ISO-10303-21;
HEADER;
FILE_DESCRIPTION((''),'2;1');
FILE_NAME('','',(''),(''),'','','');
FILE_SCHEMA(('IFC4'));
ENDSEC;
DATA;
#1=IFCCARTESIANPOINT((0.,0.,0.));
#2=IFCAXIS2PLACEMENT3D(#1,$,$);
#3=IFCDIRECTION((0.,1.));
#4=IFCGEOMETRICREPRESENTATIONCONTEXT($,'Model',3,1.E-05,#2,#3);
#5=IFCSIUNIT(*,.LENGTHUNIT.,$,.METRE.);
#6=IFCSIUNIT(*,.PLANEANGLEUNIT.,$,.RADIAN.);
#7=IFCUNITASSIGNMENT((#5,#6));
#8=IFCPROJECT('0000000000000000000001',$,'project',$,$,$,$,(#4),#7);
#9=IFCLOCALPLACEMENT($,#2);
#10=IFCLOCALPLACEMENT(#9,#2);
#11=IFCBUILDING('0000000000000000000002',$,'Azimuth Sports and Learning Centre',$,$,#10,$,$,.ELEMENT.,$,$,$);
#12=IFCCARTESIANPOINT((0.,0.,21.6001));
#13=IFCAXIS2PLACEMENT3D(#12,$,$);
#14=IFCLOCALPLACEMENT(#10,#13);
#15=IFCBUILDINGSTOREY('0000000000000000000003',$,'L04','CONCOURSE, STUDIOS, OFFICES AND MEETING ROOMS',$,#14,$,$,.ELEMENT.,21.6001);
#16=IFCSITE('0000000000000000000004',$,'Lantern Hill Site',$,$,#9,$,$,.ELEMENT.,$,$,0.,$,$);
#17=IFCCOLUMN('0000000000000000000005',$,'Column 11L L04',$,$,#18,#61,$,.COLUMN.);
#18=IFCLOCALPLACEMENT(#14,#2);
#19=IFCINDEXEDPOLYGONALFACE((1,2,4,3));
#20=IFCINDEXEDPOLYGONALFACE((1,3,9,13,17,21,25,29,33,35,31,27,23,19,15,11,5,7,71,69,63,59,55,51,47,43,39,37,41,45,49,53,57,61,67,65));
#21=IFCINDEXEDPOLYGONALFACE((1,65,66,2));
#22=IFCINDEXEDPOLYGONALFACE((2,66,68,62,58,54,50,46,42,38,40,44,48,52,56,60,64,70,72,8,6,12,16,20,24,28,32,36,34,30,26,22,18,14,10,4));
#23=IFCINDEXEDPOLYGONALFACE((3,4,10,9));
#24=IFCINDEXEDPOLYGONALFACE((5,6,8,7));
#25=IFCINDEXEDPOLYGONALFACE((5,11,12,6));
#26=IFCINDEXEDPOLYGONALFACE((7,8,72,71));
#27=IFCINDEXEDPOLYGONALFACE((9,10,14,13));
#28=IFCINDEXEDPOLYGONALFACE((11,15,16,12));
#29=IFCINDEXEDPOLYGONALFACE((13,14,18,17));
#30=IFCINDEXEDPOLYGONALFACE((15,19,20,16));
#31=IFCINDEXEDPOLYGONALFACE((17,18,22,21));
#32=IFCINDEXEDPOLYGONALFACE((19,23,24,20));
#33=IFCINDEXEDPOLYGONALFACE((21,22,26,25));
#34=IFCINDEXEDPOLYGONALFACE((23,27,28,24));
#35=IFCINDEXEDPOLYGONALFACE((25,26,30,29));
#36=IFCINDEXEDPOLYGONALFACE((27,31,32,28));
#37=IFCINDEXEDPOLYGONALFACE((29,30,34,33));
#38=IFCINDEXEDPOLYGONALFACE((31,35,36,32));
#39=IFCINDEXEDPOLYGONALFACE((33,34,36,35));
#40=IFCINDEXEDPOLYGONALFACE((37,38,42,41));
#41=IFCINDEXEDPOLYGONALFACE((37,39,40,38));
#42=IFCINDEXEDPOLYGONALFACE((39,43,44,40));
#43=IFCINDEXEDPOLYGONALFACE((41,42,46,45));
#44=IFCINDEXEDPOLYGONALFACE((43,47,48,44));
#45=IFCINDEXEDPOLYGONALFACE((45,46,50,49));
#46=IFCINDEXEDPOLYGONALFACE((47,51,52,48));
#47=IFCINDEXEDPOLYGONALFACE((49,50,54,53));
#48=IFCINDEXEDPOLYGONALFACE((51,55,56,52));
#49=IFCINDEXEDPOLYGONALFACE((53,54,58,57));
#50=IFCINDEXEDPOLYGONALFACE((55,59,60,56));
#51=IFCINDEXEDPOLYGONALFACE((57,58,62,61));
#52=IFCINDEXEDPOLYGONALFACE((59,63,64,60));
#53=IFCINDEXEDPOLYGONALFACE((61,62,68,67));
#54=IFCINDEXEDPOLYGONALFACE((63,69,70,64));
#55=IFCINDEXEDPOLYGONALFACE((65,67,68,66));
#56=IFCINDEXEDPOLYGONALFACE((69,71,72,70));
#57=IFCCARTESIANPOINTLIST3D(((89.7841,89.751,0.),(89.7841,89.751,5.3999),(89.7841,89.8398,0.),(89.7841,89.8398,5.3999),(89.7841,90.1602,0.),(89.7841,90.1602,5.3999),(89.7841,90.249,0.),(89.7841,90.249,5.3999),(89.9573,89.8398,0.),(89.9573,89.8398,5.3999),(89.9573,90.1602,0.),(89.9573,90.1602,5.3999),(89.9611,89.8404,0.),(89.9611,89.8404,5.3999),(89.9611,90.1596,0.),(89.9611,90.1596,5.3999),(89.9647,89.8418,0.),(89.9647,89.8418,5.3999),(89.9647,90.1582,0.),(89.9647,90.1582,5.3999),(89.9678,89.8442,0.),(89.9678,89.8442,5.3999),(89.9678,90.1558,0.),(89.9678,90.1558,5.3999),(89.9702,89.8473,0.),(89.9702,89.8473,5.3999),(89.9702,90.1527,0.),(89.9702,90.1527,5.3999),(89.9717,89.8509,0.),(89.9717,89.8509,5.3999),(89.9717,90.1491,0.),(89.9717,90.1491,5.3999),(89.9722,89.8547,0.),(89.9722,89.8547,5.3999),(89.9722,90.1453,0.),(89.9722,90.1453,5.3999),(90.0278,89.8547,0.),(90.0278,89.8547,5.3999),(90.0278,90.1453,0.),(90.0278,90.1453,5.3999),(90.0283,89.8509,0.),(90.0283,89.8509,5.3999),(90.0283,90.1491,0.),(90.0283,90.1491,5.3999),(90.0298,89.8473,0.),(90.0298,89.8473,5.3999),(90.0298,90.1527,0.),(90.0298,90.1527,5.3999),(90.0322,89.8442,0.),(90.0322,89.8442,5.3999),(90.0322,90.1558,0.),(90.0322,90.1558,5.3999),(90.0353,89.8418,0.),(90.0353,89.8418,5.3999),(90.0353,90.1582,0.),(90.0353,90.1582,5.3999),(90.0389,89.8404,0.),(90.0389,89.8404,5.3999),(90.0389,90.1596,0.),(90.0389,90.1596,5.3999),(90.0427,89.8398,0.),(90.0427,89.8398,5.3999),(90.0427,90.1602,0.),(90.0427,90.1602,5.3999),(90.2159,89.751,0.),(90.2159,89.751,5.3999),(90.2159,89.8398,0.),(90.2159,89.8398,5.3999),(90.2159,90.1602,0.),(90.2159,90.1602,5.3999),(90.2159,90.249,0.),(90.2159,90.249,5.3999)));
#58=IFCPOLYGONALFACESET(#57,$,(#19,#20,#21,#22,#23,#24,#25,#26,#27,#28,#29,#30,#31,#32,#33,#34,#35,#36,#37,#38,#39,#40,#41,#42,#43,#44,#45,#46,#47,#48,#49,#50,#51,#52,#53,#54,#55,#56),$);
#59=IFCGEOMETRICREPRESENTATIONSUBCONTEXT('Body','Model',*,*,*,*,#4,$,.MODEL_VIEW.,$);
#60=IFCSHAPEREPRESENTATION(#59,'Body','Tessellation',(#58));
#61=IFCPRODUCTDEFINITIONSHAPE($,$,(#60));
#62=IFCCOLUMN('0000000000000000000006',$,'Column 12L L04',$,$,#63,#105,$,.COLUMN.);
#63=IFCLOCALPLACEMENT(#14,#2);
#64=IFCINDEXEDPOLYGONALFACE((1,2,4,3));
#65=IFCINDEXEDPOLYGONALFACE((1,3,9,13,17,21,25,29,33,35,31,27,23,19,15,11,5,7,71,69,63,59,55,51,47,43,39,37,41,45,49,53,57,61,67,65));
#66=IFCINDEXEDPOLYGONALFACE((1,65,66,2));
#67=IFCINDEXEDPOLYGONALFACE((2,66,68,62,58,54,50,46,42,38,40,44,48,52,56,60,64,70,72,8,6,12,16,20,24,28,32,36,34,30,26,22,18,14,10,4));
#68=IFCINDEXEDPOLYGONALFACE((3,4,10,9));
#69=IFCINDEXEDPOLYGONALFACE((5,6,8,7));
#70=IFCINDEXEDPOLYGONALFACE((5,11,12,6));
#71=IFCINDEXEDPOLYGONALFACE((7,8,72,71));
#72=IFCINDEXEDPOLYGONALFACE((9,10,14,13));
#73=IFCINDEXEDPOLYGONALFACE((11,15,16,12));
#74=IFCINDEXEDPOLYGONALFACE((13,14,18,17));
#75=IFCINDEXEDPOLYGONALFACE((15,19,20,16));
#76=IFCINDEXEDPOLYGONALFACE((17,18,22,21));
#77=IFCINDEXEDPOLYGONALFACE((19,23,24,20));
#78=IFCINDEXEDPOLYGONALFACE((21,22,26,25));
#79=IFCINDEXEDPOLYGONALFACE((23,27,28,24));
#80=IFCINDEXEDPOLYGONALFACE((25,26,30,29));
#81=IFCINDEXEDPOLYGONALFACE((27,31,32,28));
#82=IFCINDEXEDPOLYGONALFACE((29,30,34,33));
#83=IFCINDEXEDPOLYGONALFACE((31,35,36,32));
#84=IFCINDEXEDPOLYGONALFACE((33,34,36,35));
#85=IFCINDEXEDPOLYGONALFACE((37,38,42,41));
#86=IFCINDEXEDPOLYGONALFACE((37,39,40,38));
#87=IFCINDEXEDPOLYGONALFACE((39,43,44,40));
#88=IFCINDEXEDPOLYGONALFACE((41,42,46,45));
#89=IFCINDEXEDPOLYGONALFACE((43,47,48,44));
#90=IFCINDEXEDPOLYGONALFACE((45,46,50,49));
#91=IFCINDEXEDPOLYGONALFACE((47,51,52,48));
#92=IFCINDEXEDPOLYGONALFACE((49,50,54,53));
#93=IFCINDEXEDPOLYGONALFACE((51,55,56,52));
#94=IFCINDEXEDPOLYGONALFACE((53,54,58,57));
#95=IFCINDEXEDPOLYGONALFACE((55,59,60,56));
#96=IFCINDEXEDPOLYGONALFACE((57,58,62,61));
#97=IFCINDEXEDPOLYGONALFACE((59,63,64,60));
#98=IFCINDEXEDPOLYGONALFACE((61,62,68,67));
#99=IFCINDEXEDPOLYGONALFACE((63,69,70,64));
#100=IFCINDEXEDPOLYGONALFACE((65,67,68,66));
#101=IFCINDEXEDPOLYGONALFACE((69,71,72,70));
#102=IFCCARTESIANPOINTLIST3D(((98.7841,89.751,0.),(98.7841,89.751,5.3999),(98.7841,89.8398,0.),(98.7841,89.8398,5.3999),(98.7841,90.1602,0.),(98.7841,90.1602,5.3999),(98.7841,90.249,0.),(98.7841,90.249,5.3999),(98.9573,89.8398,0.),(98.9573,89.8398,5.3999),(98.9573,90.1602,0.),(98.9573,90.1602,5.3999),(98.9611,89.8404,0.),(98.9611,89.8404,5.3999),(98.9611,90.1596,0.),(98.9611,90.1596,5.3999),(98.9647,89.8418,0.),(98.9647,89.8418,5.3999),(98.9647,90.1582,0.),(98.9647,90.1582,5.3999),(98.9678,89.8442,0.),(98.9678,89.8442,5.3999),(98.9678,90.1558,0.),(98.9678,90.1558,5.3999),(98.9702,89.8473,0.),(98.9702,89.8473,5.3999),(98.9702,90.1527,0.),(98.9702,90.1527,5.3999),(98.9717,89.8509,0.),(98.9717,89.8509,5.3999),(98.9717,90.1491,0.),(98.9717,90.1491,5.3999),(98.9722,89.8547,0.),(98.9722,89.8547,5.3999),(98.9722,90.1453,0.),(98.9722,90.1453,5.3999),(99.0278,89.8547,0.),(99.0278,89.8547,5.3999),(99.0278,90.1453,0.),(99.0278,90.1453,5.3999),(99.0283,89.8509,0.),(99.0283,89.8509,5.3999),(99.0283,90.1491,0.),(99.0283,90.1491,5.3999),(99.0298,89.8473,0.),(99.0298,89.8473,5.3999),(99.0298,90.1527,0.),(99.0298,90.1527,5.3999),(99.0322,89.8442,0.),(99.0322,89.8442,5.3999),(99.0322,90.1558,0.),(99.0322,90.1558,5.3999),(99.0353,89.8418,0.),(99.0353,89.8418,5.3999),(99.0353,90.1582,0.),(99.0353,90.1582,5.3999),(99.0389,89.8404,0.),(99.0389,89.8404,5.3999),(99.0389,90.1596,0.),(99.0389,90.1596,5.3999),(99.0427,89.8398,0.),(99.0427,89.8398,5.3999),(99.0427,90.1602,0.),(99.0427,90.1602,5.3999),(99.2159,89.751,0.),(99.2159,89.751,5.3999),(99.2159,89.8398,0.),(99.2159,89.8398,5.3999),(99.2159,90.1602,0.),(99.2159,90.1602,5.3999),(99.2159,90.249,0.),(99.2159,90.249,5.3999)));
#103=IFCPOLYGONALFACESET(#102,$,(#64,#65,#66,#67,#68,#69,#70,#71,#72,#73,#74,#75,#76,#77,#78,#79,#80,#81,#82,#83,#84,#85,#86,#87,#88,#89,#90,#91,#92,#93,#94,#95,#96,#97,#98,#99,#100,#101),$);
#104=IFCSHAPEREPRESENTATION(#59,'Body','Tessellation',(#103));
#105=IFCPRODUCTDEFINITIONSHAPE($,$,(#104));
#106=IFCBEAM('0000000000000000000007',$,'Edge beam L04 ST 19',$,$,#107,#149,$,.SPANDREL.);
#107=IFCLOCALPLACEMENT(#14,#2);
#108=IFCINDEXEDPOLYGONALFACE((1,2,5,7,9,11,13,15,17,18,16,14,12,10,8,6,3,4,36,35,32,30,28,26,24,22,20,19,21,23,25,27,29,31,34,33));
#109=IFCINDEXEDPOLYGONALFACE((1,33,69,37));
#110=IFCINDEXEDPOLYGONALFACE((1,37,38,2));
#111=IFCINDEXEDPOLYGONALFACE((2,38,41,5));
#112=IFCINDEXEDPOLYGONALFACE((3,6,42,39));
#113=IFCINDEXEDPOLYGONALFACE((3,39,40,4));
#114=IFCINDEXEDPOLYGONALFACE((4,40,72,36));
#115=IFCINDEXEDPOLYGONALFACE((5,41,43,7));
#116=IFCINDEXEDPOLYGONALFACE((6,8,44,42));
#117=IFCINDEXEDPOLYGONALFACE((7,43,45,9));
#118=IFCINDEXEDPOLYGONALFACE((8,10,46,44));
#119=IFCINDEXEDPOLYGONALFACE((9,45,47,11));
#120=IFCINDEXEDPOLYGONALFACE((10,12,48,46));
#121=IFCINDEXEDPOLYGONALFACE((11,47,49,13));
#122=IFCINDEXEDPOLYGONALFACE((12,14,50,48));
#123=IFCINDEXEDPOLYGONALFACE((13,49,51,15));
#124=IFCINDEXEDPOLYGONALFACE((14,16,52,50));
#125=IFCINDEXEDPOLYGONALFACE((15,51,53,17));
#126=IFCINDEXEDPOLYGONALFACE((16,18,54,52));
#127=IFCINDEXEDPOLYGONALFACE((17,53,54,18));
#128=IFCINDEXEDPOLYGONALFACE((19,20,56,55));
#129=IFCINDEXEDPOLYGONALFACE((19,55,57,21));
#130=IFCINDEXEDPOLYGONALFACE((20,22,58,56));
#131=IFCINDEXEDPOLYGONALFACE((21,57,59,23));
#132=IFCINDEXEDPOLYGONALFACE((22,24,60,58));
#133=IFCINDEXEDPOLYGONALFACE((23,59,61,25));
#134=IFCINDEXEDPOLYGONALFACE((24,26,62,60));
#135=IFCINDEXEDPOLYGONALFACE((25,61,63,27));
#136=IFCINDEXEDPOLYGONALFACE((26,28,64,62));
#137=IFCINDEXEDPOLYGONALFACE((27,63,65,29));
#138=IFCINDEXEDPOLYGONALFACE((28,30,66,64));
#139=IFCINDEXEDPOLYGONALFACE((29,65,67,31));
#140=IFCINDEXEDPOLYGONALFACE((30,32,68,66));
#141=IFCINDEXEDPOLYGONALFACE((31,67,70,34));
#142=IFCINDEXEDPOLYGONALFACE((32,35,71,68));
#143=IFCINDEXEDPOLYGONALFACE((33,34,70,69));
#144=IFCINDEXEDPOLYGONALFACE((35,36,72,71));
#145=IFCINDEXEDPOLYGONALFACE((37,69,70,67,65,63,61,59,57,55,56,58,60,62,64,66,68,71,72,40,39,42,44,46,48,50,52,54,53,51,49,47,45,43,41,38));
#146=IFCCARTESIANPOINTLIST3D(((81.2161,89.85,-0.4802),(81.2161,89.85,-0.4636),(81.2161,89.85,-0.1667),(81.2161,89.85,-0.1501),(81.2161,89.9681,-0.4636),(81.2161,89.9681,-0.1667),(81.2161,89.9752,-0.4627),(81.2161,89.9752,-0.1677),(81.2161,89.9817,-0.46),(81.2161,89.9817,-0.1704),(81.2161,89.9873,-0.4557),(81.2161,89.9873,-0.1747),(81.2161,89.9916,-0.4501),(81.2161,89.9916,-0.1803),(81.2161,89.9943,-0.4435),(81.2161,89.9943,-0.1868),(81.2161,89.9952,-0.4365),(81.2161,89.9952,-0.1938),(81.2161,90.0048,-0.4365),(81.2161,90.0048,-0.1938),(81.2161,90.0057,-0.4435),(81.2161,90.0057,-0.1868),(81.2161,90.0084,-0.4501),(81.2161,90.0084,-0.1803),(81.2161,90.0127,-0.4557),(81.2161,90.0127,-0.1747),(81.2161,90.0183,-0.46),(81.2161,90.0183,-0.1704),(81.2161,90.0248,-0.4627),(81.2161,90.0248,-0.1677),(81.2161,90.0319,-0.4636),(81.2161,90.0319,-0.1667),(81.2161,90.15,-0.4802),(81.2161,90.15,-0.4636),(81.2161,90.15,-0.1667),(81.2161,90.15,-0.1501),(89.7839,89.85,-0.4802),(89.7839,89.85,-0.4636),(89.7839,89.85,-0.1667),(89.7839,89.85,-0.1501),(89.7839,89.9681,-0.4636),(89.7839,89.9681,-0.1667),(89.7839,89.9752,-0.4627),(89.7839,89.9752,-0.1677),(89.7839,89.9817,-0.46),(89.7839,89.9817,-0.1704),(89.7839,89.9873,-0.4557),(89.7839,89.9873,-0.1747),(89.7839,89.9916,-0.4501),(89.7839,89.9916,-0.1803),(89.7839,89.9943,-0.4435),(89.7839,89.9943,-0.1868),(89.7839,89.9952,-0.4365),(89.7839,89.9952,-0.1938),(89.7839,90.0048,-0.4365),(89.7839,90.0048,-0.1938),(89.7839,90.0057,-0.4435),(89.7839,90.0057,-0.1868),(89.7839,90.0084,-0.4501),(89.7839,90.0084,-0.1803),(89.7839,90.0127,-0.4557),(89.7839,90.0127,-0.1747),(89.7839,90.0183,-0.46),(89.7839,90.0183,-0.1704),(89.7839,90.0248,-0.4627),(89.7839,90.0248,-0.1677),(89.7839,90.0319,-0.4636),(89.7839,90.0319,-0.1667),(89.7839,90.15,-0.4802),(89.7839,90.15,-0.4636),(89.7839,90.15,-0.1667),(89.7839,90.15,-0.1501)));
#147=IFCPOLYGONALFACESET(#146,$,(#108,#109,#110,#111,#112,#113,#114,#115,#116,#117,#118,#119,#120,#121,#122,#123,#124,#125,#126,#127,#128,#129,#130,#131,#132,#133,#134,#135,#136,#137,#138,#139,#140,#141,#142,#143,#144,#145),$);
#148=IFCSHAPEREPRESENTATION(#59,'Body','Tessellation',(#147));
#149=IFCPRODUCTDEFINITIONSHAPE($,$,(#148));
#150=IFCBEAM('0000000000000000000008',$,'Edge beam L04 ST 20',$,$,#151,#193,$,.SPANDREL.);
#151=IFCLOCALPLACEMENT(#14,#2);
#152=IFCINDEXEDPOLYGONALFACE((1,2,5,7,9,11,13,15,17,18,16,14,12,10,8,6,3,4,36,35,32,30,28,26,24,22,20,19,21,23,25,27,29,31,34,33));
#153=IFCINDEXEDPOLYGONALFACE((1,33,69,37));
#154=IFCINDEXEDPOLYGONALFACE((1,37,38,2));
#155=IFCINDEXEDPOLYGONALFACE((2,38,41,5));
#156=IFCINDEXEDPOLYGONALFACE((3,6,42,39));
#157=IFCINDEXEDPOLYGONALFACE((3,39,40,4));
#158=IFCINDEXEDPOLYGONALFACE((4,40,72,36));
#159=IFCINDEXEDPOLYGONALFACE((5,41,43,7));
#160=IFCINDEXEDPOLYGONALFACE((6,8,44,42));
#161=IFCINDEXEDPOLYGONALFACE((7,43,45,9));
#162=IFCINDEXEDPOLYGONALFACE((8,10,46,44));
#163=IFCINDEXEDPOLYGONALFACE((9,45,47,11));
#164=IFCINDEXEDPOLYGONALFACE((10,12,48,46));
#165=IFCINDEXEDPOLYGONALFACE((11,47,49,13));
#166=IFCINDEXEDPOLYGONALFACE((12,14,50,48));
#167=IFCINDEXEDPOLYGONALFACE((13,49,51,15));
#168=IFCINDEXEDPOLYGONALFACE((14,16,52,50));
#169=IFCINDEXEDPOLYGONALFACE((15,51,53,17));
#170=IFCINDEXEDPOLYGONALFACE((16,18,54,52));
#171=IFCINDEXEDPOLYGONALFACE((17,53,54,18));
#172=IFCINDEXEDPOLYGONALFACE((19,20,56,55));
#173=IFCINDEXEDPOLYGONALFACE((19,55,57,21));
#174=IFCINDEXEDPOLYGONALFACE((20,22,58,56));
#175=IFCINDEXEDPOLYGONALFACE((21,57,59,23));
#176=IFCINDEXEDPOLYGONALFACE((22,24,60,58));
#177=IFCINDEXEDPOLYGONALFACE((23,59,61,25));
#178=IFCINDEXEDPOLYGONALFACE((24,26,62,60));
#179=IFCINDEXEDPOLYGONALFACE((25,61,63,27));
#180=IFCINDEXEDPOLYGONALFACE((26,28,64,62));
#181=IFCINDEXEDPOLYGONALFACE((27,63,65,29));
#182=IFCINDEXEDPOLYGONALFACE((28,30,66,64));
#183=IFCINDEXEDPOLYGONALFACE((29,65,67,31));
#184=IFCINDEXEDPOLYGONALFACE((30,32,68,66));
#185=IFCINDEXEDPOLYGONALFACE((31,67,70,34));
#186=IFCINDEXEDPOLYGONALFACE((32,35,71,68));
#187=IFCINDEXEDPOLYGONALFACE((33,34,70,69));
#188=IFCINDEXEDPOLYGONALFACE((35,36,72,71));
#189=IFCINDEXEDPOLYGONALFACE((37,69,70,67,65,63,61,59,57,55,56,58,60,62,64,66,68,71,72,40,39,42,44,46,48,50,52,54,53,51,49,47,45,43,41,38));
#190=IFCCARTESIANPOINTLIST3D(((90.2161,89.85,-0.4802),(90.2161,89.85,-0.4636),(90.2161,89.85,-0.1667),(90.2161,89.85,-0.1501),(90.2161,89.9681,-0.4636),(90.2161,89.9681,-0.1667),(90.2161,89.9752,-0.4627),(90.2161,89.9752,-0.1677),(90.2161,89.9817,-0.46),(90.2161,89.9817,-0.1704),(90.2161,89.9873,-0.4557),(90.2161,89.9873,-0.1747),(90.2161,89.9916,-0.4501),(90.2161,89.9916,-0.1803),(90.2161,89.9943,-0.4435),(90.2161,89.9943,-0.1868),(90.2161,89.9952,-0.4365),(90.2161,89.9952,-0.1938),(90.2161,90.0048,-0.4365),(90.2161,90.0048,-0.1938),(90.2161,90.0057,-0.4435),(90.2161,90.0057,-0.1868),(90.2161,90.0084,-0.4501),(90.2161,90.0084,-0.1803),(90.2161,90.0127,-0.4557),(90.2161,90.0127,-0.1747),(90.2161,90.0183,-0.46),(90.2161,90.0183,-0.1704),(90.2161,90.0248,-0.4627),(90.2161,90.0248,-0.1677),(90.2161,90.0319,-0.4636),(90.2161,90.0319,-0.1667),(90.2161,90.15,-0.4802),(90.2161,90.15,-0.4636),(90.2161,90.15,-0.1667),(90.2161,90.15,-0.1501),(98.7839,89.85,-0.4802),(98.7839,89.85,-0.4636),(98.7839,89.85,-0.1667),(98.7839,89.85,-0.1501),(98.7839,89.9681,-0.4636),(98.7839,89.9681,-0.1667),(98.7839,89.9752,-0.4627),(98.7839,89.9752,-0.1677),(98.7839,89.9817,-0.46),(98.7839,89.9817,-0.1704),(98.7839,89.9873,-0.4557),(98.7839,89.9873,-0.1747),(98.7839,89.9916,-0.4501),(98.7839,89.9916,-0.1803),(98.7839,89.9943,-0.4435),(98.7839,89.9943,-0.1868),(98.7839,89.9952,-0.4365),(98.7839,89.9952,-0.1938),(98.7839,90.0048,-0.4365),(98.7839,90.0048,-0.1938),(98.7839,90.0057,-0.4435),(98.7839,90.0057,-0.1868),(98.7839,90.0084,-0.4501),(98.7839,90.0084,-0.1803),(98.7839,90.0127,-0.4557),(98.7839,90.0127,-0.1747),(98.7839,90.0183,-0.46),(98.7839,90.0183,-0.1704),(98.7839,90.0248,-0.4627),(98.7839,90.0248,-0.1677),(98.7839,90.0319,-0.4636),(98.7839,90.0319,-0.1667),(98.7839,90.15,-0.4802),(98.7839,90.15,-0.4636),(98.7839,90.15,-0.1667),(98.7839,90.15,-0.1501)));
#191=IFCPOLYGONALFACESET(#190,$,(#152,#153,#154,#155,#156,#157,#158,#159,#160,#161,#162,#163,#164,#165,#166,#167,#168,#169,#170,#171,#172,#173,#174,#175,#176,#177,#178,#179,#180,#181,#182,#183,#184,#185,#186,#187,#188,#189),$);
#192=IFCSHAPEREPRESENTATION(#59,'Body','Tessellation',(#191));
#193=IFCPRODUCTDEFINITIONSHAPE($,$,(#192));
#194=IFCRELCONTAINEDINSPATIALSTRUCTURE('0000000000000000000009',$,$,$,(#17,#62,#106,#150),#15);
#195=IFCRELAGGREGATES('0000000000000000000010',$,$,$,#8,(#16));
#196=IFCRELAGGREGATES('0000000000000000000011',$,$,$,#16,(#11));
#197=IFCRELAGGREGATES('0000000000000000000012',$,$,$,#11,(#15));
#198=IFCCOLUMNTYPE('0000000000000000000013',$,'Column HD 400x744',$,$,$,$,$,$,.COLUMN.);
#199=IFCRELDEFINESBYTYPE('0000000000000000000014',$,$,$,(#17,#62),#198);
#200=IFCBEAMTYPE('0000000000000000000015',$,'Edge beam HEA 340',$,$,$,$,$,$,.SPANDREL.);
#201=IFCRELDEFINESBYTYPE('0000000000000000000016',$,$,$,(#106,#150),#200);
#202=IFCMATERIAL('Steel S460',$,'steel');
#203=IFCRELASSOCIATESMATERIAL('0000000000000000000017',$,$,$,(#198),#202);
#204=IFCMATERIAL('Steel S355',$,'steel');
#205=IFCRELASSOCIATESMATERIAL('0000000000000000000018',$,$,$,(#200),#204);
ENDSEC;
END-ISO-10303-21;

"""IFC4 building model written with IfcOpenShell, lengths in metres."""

from ifc_helpers import new_model, si_unit, direction, frame, origin, origin_2d, place, context, subcontext, project, spatial, i_section, extrude, material, material_profile, profile_set, type_object, element, save


model = new_model("IFC4")

# Units and contexts
model_context = context("Model", 3, precision=1e-05, world=origin(), true_north=direction((0.0, 1.0)))
body_context = subcontext(model_context, "Body", "Model", "MODEL_VIEW")
ifc_project = project(units=[si_unit("LENGTHUNIT", "METRE"), si_unit("PLANEANGLEUNIT", "RADIAN")], contexts=[model_context])

# Site, building, storey
site_placement = place(None, origin())
site = spatial("IfcSite", under=ifc_project, at=site_placement, Name="Lantern Hill Site", CompositionType="ELEMENT", RefElevation=0.0)
building_placement = place(site_placement, origin())
building = spatial("IfcBuilding", under=site, at=building_placement, Name="Azimuth Sports and Learning Centre", CompositionType="ELEMENT")
storey_placement = place(building_placement, frame((0.0, 0.0, 21.6001)))
storey = spatial("IfcBuildingStorey", under=building, at=storey_placement, Name="L04", Description="CONCOURSE, STUDIOS, OFFICES AND MEETING ROOMS", CompositionType="ELEMENT", Elevation=21.6001)

# Columns
ifc_material_1 = material(Name="Steel S460", Category="steel")
ifc_material_profile_1 = material_profile(ifc_material_1, i_section(OverallWidth=0.4319, OverallDepth=0.498, WebThickness=0.0557, FlangeThickness=0.0889, FilletRadius=0.0149, at=origin_2d()), Name="HD 400x744")
ifc_profile_set_1 = profile_set([ifc_material_profile_1], Name="Steel S460")
column_type = type_object("IfcColumnType", Name="Column HD 400x744", PredefinedType="COLUMN", material=ifc_profile_set_1)
for number, where, z_axis, x_axis, name in (
    (1, (90.0, 90.0, 0.0), (0.0, 0.0, 1.0), (1.0, 0.0, 0.0), "Column 11L L04"),
    (2, (99.0, 90.0, 0.0), (0.0, 0.0, 1.0), (1.0, 0.0, 0.0), "Column 12L L04"),
):
    element("IfcColumn", number, at=place(storey_placement, frame(where, z_axis=z_axis, x_axis=x_axis)), inside=storey, type_object=column_type, Name=name, PredefinedType="COLUMN", context=body_context, shape_type="SweptSolid", body=[
        extrude(i_section(OverallWidth=0.4319, OverallDepth=0.498, WebThickness=0.0557, FlangeThickness=0.0889, FilletRadius=0.0149, at=origin_2d()), origin(), (0.0, 0.0, 1.0), 5.3999),
    ])

# Beams
ifc_material_2 = material(Name="Steel S355", Category="steel")
ifc_material_profile_2 = material_profile(ifc_material_2, i_section(OverallWidth=0.3, OverallDepth=0.3301, WebThickness=0.0095, FlangeThickness=0.0166, FilletRadius=0.0271, at=origin_2d()), Name="HEA 340")
ifc_profile_set_2 = profile_set([ifc_material_profile_2], Name="Steel S355")
beam_type_1 = type_object("IfcBeamType", Name="Edge beam HEA 340", PredefinedType="SPANDREL", material=ifc_profile_set_2)
for number, where, z_axis, x_axis, name in (
    (3, (81.2161, 90.0, -0.3152), (1.0, 0.0, 0.0), (0.0, 1.0, 0.0), "Edge beam L04 ST 19"),
    (4, (90.2161, 90.0, -0.3152), (1.0, 0.0, 0.0), (0.0, 1.0, 0.0), "Edge beam L04 ST 20"),
):
    element("IfcBeam", number, at=place(storey_placement, frame(where, z_axis=z_axis, x_axis=x_axis)), inside=storey, type_object=beam_type_1, Name=name, PredefinedType="SPANDREL", context=body_context, shape_type="SweptSolid", body=[
        extrude(i_section(OverallWidth=0.3, OverallDepth=0.3301, WebThickness=0.0095, FlangeThickness=0.0166, FilletRadius=0.0271, at=origin_2d()), origin(), (0.0, 0.0, 1.0), 8.5679),
    ])

save(model, "model.ifc")
